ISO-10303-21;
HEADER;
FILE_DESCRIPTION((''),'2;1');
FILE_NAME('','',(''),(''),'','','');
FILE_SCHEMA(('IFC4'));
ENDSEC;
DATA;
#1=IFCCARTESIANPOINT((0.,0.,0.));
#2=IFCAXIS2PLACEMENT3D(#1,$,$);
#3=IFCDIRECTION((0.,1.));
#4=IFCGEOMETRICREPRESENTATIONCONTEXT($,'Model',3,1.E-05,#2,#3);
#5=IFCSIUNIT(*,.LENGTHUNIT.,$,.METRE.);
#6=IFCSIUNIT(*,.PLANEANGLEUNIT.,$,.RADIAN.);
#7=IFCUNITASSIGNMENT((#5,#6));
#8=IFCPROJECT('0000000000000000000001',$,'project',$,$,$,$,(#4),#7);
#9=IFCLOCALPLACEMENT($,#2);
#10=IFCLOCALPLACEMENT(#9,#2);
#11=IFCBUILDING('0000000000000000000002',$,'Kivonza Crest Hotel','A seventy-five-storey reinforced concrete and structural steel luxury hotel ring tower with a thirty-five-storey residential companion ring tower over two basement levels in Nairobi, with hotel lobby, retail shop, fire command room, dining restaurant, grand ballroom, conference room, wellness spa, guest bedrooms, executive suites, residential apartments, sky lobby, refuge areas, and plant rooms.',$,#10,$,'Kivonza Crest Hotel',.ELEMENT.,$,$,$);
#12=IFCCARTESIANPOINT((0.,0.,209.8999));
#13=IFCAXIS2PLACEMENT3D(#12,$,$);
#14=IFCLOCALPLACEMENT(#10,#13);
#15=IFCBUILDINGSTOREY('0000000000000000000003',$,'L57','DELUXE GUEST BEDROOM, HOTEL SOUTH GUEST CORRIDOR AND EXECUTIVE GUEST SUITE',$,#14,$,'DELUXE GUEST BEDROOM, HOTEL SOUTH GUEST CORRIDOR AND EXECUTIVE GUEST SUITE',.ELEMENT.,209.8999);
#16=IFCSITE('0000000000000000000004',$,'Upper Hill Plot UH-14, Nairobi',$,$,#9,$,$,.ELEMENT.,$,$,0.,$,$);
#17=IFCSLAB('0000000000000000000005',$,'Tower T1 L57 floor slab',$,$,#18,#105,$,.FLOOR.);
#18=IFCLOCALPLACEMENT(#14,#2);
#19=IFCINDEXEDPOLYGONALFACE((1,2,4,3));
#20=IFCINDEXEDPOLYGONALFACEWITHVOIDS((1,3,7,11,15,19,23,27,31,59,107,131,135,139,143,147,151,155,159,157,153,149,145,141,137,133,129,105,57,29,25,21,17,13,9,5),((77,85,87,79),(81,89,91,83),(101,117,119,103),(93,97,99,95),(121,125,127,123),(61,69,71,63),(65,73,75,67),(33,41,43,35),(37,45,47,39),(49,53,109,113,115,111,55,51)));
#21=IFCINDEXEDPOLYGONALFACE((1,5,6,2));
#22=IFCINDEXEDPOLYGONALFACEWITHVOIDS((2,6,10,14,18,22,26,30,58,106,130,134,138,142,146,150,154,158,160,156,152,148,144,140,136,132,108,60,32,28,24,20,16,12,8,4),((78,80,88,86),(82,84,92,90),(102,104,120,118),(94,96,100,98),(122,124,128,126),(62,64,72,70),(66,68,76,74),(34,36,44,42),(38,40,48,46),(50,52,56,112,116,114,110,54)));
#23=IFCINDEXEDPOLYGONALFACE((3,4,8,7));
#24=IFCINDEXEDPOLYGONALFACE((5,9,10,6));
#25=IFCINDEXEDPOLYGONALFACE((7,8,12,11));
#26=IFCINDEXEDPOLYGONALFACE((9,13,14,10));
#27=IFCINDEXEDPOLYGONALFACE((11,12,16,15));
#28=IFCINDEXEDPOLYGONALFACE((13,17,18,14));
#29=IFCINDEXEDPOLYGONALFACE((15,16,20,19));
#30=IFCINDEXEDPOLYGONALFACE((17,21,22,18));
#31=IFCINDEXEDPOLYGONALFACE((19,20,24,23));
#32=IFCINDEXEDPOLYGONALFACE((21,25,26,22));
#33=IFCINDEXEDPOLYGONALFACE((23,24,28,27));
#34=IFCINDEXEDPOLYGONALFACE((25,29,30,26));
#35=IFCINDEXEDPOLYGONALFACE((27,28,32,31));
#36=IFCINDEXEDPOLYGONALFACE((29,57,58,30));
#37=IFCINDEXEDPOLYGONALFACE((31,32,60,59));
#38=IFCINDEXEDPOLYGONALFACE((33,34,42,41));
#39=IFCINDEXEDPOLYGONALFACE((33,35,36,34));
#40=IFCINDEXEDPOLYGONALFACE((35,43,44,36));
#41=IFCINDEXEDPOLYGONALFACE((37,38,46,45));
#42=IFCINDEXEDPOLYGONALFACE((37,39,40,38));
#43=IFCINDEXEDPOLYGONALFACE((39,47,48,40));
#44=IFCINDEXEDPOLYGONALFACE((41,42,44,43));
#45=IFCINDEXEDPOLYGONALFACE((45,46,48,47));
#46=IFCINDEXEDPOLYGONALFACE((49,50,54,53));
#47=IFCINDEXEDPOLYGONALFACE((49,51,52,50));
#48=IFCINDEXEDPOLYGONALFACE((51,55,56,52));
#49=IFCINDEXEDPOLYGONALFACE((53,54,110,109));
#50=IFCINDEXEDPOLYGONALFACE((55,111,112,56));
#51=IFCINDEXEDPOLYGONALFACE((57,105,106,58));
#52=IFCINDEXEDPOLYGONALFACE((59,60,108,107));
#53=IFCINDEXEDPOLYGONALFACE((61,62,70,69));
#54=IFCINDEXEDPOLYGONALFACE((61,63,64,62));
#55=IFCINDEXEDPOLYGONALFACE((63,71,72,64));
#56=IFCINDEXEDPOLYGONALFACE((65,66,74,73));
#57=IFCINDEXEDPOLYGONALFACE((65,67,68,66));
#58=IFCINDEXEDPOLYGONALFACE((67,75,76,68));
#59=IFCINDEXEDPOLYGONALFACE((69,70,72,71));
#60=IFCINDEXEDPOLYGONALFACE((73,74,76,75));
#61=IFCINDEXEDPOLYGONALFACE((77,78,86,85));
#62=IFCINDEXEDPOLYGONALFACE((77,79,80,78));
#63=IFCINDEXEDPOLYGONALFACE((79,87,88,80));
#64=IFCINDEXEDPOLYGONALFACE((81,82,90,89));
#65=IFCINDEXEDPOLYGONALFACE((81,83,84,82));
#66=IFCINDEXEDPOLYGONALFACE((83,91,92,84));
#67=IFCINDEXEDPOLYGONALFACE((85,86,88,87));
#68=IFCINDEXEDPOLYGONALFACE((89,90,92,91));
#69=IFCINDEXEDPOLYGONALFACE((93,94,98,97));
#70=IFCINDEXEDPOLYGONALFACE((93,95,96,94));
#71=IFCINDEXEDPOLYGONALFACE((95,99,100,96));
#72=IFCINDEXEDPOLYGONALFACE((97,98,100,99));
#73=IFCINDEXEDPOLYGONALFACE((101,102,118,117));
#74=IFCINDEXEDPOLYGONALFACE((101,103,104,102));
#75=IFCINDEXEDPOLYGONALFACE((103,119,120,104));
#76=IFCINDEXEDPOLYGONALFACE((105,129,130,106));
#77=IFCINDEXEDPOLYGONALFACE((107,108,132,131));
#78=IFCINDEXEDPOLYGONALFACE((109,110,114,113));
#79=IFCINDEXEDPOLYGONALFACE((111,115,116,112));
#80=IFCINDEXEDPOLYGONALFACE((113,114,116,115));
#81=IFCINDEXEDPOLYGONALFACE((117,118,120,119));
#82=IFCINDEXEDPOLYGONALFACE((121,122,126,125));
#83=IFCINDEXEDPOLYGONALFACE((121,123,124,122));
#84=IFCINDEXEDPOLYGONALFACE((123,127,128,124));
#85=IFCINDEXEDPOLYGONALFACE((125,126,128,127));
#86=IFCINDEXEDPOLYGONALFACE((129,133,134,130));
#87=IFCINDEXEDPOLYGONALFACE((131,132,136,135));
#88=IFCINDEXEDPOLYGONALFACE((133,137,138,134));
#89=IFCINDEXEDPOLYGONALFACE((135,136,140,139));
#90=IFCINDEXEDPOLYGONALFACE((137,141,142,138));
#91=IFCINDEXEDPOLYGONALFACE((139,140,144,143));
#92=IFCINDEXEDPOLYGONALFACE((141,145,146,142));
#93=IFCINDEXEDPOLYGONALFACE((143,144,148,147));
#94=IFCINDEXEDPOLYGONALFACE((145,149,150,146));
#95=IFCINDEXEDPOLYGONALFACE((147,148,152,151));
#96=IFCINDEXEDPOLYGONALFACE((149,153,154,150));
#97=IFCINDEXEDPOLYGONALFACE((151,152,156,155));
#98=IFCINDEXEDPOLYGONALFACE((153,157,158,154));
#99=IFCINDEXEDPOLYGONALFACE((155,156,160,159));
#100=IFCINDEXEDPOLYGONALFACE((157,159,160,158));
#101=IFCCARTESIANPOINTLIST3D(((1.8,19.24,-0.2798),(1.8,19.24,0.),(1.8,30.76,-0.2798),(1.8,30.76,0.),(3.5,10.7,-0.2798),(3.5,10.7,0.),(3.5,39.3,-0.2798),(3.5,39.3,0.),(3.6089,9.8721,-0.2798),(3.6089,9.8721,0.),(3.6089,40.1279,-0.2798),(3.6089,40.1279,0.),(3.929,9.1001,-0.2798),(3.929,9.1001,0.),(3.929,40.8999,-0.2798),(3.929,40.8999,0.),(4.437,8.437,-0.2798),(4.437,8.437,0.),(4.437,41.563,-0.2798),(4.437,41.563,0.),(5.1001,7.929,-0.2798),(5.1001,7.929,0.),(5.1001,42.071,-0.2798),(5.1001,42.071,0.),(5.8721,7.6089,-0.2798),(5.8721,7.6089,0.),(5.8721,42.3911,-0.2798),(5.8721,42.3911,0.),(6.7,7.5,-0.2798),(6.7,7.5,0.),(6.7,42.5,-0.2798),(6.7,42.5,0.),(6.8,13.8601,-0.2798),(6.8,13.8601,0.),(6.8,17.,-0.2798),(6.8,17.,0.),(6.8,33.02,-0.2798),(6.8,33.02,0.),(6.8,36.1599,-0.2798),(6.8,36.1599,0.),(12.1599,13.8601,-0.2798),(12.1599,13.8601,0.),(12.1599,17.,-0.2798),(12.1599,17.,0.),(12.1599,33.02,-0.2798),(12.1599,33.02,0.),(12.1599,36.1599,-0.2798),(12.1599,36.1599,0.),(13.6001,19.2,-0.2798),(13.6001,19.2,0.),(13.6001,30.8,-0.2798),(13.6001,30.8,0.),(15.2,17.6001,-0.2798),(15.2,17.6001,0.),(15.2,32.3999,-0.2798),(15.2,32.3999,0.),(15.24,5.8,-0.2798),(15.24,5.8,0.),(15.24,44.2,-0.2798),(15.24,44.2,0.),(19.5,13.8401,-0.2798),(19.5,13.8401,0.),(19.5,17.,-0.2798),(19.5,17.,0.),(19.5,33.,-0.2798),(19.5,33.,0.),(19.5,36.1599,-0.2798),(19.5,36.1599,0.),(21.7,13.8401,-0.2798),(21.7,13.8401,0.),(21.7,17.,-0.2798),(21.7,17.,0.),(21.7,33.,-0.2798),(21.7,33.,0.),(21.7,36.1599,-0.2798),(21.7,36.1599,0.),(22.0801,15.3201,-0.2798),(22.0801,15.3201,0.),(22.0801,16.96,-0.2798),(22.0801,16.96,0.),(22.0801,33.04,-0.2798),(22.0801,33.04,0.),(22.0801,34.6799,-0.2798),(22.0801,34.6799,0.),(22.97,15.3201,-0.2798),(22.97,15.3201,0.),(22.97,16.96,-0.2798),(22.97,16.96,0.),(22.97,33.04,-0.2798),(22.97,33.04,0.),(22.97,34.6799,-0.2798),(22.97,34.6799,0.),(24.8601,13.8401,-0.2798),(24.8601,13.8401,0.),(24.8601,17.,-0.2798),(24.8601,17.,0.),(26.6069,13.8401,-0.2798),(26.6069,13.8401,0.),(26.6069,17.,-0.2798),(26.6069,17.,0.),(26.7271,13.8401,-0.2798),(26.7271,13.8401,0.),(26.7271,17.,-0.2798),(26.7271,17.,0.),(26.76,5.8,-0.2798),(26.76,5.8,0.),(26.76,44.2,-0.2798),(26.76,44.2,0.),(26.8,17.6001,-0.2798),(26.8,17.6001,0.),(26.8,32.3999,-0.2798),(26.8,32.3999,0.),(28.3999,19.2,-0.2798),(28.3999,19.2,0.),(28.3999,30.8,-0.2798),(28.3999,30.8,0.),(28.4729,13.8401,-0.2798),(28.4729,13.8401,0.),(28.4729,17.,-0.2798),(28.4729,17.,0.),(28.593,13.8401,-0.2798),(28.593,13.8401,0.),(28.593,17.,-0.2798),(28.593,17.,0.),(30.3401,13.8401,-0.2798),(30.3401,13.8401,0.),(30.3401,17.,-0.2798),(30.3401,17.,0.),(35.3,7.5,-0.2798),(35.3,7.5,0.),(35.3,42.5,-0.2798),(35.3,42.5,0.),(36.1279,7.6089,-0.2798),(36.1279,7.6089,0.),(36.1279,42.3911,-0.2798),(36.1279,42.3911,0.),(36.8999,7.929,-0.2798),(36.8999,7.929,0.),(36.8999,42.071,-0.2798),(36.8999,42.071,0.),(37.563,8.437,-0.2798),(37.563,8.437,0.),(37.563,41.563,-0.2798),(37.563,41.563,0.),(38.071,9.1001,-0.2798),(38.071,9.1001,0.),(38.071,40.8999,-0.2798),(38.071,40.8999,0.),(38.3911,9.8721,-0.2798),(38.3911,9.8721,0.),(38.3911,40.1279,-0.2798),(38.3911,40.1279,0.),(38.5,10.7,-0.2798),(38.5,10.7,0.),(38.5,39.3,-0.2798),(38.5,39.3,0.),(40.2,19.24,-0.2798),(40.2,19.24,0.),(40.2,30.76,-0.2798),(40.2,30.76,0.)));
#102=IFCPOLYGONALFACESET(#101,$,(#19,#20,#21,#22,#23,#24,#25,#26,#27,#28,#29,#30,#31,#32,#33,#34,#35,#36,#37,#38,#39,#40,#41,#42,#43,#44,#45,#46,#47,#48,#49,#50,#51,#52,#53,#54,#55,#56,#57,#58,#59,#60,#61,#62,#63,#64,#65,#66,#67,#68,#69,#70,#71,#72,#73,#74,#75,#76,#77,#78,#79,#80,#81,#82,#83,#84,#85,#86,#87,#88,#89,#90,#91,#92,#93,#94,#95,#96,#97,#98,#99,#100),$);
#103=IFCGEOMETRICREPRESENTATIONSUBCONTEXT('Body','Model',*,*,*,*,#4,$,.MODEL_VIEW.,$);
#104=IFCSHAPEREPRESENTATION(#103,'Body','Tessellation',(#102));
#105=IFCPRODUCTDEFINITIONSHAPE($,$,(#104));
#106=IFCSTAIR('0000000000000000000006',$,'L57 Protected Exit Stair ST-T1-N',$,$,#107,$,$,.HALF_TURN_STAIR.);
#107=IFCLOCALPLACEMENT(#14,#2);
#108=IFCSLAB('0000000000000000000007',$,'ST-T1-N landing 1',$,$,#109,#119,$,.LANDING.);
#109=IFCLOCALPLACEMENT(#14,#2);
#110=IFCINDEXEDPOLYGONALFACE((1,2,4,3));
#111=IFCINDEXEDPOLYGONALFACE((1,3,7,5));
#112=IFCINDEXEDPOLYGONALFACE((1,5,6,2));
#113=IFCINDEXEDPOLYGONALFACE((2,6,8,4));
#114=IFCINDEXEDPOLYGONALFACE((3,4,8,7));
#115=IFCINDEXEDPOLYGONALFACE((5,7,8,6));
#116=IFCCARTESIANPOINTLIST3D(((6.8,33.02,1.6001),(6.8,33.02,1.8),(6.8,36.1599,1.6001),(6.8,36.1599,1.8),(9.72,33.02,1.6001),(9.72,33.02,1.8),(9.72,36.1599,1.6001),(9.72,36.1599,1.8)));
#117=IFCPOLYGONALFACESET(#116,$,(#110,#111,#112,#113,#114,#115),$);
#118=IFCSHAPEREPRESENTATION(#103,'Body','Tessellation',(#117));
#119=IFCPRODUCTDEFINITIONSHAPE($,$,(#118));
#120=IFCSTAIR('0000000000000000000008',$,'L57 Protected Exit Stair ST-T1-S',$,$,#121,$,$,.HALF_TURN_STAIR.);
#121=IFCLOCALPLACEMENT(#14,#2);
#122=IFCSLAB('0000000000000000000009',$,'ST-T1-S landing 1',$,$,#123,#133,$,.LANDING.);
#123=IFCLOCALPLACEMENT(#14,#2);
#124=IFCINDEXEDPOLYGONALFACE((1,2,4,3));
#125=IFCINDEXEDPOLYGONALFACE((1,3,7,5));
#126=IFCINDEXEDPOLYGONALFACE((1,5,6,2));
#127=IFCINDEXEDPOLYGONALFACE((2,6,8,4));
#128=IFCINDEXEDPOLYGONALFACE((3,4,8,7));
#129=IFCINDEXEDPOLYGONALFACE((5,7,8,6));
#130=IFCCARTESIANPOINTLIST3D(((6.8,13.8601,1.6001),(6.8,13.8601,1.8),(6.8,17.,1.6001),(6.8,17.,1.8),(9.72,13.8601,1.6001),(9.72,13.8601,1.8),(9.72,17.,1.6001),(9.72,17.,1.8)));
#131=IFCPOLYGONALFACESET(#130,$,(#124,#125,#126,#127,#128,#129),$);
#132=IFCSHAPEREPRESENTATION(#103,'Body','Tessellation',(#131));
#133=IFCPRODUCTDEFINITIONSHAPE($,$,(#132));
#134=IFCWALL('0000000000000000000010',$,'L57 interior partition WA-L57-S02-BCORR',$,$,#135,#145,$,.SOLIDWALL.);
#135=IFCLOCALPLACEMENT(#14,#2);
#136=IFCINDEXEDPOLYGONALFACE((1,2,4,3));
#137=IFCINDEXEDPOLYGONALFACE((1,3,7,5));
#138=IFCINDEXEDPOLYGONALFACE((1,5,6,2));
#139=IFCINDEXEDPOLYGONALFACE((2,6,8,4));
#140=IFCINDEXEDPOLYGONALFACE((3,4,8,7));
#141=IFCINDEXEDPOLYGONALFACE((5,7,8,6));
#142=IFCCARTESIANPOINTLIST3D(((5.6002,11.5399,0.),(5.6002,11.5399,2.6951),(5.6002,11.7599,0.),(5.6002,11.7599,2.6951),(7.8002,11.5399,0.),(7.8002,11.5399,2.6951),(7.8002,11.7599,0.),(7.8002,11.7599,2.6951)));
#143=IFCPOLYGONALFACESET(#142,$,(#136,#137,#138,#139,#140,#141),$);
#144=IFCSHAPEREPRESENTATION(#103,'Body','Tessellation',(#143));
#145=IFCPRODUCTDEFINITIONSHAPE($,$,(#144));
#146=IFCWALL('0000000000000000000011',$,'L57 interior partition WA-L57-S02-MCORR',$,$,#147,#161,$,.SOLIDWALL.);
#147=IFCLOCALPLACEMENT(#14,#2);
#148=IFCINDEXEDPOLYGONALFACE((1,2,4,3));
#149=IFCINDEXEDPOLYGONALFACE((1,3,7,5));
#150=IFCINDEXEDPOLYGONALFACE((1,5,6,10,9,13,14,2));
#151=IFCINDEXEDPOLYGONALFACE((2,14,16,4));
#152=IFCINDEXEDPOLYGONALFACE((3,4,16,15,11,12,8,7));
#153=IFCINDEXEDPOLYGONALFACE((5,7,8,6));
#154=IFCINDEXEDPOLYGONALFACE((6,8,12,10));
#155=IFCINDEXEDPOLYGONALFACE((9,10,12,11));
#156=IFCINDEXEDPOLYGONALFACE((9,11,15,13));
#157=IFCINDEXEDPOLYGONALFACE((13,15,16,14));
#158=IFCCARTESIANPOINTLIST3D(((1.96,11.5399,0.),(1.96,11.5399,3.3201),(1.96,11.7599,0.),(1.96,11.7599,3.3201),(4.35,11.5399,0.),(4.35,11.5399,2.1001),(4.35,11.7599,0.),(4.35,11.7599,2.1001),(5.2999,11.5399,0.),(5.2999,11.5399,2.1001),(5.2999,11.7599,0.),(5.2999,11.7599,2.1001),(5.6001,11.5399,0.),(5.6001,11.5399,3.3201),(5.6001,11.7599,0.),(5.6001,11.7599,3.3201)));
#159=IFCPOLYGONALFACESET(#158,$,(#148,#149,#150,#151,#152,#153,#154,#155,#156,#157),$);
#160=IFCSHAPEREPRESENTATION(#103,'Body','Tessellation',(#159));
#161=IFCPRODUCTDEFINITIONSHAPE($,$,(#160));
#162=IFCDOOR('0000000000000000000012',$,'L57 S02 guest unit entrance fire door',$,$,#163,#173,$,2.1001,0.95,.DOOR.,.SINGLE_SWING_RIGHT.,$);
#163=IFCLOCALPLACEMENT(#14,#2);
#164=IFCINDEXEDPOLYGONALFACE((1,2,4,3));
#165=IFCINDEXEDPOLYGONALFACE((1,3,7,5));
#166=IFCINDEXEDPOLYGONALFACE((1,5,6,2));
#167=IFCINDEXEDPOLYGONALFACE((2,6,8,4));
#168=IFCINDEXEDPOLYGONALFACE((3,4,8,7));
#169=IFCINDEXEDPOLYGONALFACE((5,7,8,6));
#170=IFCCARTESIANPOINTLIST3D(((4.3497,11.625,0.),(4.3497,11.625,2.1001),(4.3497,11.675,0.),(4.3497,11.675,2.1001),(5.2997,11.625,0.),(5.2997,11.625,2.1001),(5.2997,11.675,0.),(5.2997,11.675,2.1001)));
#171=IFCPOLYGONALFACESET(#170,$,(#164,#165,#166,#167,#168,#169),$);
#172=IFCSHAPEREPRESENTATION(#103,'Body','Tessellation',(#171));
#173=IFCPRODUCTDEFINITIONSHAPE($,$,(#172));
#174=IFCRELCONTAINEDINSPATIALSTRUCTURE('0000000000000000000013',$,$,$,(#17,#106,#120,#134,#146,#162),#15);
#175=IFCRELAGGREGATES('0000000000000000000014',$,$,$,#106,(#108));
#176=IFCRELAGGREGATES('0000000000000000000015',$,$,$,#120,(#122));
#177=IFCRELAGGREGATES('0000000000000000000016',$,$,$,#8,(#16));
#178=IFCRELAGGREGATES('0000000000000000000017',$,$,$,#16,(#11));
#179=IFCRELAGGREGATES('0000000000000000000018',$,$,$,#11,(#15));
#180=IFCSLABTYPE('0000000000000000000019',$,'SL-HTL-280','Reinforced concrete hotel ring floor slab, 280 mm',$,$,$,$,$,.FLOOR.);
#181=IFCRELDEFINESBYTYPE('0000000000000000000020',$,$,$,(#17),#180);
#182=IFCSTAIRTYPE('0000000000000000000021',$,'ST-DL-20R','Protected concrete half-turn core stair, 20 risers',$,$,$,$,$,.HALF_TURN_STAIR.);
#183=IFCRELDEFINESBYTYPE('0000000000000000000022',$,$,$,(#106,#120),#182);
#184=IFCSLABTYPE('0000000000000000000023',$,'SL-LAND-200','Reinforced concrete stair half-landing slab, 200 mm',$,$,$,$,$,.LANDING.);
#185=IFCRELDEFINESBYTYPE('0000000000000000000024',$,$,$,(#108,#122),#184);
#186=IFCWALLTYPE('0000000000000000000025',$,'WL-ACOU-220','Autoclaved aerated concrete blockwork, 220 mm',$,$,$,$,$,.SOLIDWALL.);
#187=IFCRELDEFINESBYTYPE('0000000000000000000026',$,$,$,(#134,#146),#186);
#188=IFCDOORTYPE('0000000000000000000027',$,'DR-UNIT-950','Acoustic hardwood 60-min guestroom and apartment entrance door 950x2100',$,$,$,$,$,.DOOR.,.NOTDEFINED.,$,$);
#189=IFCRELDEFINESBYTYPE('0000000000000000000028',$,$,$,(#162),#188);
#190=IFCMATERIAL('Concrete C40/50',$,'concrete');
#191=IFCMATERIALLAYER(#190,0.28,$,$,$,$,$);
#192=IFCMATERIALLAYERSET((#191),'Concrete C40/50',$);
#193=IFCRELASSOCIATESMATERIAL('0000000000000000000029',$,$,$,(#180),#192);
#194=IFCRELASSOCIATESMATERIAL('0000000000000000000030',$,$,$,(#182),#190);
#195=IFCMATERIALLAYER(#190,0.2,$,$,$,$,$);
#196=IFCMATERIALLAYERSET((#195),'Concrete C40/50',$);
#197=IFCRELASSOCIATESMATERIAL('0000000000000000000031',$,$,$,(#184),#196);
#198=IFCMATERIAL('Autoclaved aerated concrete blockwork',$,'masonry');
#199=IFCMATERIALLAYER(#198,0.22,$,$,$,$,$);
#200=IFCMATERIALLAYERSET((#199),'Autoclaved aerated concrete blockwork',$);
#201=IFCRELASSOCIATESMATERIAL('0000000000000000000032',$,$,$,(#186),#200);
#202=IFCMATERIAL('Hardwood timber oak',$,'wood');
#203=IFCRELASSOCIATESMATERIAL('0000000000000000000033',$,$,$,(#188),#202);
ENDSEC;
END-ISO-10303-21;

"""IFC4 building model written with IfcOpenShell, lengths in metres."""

from ifc_helpers import new_model, si_unit, direction, frame, frame_2d, origin, place, context, subcontext, project, spatial, polyline, rectangle, outline, extrude, material, layer, layer_set, type_object, element, fill, aggregate, save


model = new_model("IFC4")

# Units and contexts
model_context = context("Model", 3, precision=1e-05, world=origin(), true_north=direction((0.0, 1.0)))
body_context = subcontext(model_context, "Body", "Model", "MODEL_VIEW")
ifc_project = project(units=[si_unit("LENGTHUNIT", "METRE"), si_unit("PLANEANGLEUNIT", "RADIAN")], contexts=[model_context])

# Site, building, storey
site_placement = place(None, origin())
site = spatial("IfcSite", under=ifc_project, at=site_placement, Name="Upper Hill Plot UH-14, Nairobi", CompositionType="ELEMENT", RefElevation=0.0)
building_placement = place(site_placement, origin())
building = spatial("IfcBuilding", under=site, at=building_placement, Name="Kivonza Crest Hotel", Description="A seventy-five-storey reinforced concrete and structural steel luxury hotel ring tower with a thirty-five-storey residential companion ring tower over two basement levels in Nairobi, with hotel lobby, retail shop, fire command room, dining restaurant, grand ballroom, conference room, wellness spa, guest bedrooms, executive suites, residential apartments, sky lobby, refuge areas, and plant rooms.", LongName="Kivonza Crest Hotel", CompositionType="ELEMENT")
storey_placement = place(building_placement, frame((0.0, 0.0, 209.8999)))
storey = spatial("IfcBuildingStorey", under=building, at=storey_placement, Name="L57", Description="DELUXE GUEST BEDROOM, HOTEL SOUTH GUEST CORRIDOR AND EXECUTIVE GUEST SUITE", LongName="DELUXE GUEST BEDROOM, HOTEL SOUTH GUEST CORRIDOR AND EXECUTIVE GUEST SUITE", CompositionType="ELEMENT", Elevation=209.8999)

# Slab
ifc_material_1 = material(Name="Concrete C40/50", Category="concrete")
ifc_layer_1 = layer(ifc_material_1, 0.28)
ifc_layer_set_1 = layer_set([ifc_layer_1], Name="Concrete C40/50")
slab_type_1 = type_object("IfcSlabType", Name="SL-HTL-280", Description="Reinforced concrete hotel ring floor slab, 280 mm", PredefinedType="FLOOR", material=ifc_layer_set_1)
slab_1_placement = place(storey_placement, frame((0.0, 0.0, -0.2798)))
element("IfcSlab", 1, at=slab_1_placement, inside=storey, type_object=slab_type_1, Name="Tower T1 L57 floor slab", PredefinedType="FLOOR", context=body_context, shape_type="SweptSolid", body=[
    extrude(outline(polyline([(3.5, 10.7), (3.6089, 9.8721), (3.929, 9.1001), (4.437, 8.437), (5.1001, 7.929), (5.8721, 7.6089), (6.7, 7.5), (15.24, 5.8), (26.76, 5.8), (35.3, 7.5), (36.1279, 7.6089), (36.8999, 7.929), (37.563, 8.437), (38.071, 9.1001), (38.3911, 9.8721), (38.5, 10.7), (40.2, 19.24), (40.2, 30.76), (38.5, 39.3), (38.3911, 40.1279), (38.071, 40.8999), (37.563, 41.563), (36.8999, 42.071), (36.1279, 42.3911), (35.3, 42.5), (26.76, 44.2), (15.24, 44.2), (6.7, 42.5), (5.8721, 42.3911), (5.1001, 42.071), (4.437, 41.563), (3.929, 40.8999), (3.6089, 40.1279), (3.5, 39.3), (1.8, 30.76), (1.8, 19.24), (3.5, 10.7)]), holes=[polyline([(15.2, 17.6001), (26.8, 17.6001), (28.3999, 19.2), (28.3999, 30.8), (26.8, 32.3999), (15.2, 32.3999), (13.6001, 30.8), (13.6001, 19.2), (15.2, 17.6001)]), polyline([(6.8, 33.02), (12.1599, 33.02), (12.1599, 36.1599), (6.8, 36.1599), (6.8, 33.02)]), polyline([(6.8, 13.8601), (12.1599, 13.8601), (12.1599, 17.0), (6.8, 17.0), (6.8, 13.8601)]), polyline([(22.0801, 33.04), (22.97, 33.04), (22.97, 34.6799), (22.0801, 34.6799), (22.0801, 33.04)]), polyline([(22.0801, 15.3201), (22.97, 15.3201), (22.97, 16.96), (22.0801, 16.96), (22.0801, 15.3201)]), polyline([(19.5, 33.0), (21.7, 33.0), (21.7, 36.1599), (19.5, 36.1599), (19.5, 33.0)]), polyline([(19.5, 13.8401), (21.7, 13.8401), (21.7, 17.0), (19.5, 17.0), (19.5, 13.8401)]), polyline([(24.8601, 13.8401), (26.6069, 13.8401), (26.6069, 17.0), (24.8601, 17.0), (24.8601, 13.8401)]), polyline([(26.7271, 13.8401), (28.4729, 13.8401), (28.4729, 17.0), (26.7271, 17.0), (26.7271, 13.8401)]), polyline([(28.593, 13.8401), (30.3401, 13.8401), (30.3401, 17.0), (28.593, 17.0), (28.593, 13.8401)])]), origin(), (0.0, 0.0, 1.0), 0.2798),
])

# Stairs, slabs
stair_type = type_object("IfcStairType", Name="ST-DL-20R", Description="Protected concrete half-turn core stair, 20 risers", PredefinedType="HALF_TURN_STAIR", material=ifc_material_1)
stair_1_placement = place(storey_placement, origin())
stair_1 = element("IfcStair", 2, at=stair_1_placement, inside=storey, type_object=stair_type, Name="L57 Protected Exit Stair ST-T1-N", PredefinedType="HALF_TURN_STAIR")
ifc_layer_2 = layer(ifc_material_1, 0.2)
ifc_layer_set_2 = layer_set([ifc_layer_2], Name="Concrete C40/50")
slab_type_2 = type_object("IfcSlabType", Name="SL-LAND-200", Description="Reinforced concrete stair half-landing slab, 200 mm", PredefinedType="LANDING", material=ifc_layer_set_2)
slab_2_placement = place(storey_placement, frame((0.0, 0.0, 1.6001)))
slab_2 = element("IfcSlab", 3, at=slab_2_placement, type_object=slab_type_2, Name="ST-T1-N landing 1", PredefinedType="LANDING", context=body_context, shape_type="SweptSolid", body=[
    extrude(outline(polyline([(9.72, 36.1599), (6.8, 36.1599), (6.8, 33.02), (9.72, 33.02), (9.72, 36.1599)])), origin(), (0.0, 0.0, 1.0), 0.2),
])
aggregate(stair_1, [slab_2])
stair_2_placement = place(storey_placement, origin())
stair_2 = element("IfcStair", 4, at=stair_2_placement, inside=storey, type_object=stair_type, Name="L57 Protected Exit Stair ST-T1-S", PredefinedType="HALF_TURN_STAIR")
slab_3_placement = place(storey_placement, frame((0.0, 0.0, 1.6001)))
slab_3 = element("IfcSlab", 5, at=slab_3_placement, type_object=slab_type_2, Name="ST-T1-S landing 1", PredefinedType="LANDING", context=body_context, shape_type="SweptSolid", body=[
    extrude(outline(polyline([(9.72, 17.0), (6.8, 17.0), (6.8, 13.8601), (9.72, 13.8601), (9.72, 17.0)])), origin(), (0.0, 0.0, 1.0), 0.2),
])
aggregate(stair_2, [slab_3])

# Wall
ifc_material_2 = material(Name="Autoclaved aerated concrete blockwork", Category="masonry")
ifc_layer_3 = layer(ifc_material_2, 0.22)
ifc_layer_set_3 = layer_set([ifc_layer_3], Name="Autoclaved aerated concrete blockwork")
wall_type_1 = type_object("IfcWallType", Name="WL-ACOU-220", Description="Autoclaved aerated concrete blockwork, 220 mm", PredefinedType="SOLIDWALL", material=ifc_layer_set_3)
wall_1_placement = place(storey_placement, frame((5.6001, 11.6499, 0.0), z_axis=(0.0, 0.0, 1.0), x_axis=(1.0, 0.0, 0.0)))
element("IfcWall", 6, at=wall_1_placement, inside=storey, type_object=wall_type_1, Name="L57 interior partition WA-L57-S02-BCORR", PredefinedType="SOLIDWALL", context=body_context, shape_type="SweptSolid", body=[
    extrude(rectangle(XDim=2.2, YDim=0.22, at=frame_2d((1.1001, 0.0))), origin(), (0.0, 0.0, 1.0), 2.6951),
])

# Wall, opening, door
wall_2_placement = place(storey_placement, frame((1.96, 11.6499, 0.0), z_axis=(0.0, 0.0, 1.0), x_axis=(1.0, 0.0, 0.0)))
wall_2 = element("IfcWall", 7, at=wall_2_placement, inside=storey, type_object=wall_type_1, Name="L57 interior partition WA-L57-S02-MCORR", PredefinedType="SOLIDWALL", context=body_context, shape_type="SweptSolid", body=[
    extrude(rectangle(XDim=3.6401, YDim=0.22, at=frame_2d((1.8201, 0.0))), origin(), (0.0, 0.0, 1.0), 3.3201),
])
opening_1_placement = place(wall_2_placement, frame((2.3899, 0.0, 0.0)))
opening_1 = element("IfcOpeningElement", 8, at=opening_1_placement, cuts=wall_2, PredefinedType="OPENING", context=body_context, shape_type="SweptSolid", body=[
    extrude(rectangle(XDim=0.95, YDim=2.1001, at=frame_2d((0.4751, 1.05))), frame((0.0, 0.1201, 0.0), z_axis=(0.0, -1.0, 0.0), x_axis=(1.0, 0.0, 0.0)), (0.0, 0.0, 1.0), 0.24),
])
ifc_material_3 = material(Name="Hardwood timber oak", Category="wood")
door_type_1 = type_object("IfcDoorType", Name="DR-UNIT-950", Description="Acoustic hardwood 60-min guestroom and apartment entrance door 950x2100", OperationType="NOTDEFINED", PredefinedType="DOOR", material=ifc_material_3)
door_1_placement = place(opening_1_placement, frame((0.95, 0.0, 0.0), z_axis=(0.0, 0.0, 1.0), x_axis=(-1.0, 0.0, 0.0)))
door_1 = element("IfcDoor", 9, at=door_1_placement, inside=storey, type_object=door_type_1, Name="L57 S02 guest unit entrance fire door", OperationType="SINGLE_SWING_RIGHT", OverallHeight=2.1001, OverallWidth=0.95, PredefinedType="DOOR", context=body_context, shape_type="SweptSolid", body=[
    extrude(rectangle(XDim=0.95, YDim=2.1001, at=frame_2d((0.4751, 1.05))), frame((0.0, 0.0249, 0.0), z_axis=(0.0, -1.0, 0.0), x_axis=(1.0, 0.0, 0.0)), (0.0, 0.0, 1.0), 0.05),
])
fill(opening_1, door_1)

save(model, "model.ifc")
